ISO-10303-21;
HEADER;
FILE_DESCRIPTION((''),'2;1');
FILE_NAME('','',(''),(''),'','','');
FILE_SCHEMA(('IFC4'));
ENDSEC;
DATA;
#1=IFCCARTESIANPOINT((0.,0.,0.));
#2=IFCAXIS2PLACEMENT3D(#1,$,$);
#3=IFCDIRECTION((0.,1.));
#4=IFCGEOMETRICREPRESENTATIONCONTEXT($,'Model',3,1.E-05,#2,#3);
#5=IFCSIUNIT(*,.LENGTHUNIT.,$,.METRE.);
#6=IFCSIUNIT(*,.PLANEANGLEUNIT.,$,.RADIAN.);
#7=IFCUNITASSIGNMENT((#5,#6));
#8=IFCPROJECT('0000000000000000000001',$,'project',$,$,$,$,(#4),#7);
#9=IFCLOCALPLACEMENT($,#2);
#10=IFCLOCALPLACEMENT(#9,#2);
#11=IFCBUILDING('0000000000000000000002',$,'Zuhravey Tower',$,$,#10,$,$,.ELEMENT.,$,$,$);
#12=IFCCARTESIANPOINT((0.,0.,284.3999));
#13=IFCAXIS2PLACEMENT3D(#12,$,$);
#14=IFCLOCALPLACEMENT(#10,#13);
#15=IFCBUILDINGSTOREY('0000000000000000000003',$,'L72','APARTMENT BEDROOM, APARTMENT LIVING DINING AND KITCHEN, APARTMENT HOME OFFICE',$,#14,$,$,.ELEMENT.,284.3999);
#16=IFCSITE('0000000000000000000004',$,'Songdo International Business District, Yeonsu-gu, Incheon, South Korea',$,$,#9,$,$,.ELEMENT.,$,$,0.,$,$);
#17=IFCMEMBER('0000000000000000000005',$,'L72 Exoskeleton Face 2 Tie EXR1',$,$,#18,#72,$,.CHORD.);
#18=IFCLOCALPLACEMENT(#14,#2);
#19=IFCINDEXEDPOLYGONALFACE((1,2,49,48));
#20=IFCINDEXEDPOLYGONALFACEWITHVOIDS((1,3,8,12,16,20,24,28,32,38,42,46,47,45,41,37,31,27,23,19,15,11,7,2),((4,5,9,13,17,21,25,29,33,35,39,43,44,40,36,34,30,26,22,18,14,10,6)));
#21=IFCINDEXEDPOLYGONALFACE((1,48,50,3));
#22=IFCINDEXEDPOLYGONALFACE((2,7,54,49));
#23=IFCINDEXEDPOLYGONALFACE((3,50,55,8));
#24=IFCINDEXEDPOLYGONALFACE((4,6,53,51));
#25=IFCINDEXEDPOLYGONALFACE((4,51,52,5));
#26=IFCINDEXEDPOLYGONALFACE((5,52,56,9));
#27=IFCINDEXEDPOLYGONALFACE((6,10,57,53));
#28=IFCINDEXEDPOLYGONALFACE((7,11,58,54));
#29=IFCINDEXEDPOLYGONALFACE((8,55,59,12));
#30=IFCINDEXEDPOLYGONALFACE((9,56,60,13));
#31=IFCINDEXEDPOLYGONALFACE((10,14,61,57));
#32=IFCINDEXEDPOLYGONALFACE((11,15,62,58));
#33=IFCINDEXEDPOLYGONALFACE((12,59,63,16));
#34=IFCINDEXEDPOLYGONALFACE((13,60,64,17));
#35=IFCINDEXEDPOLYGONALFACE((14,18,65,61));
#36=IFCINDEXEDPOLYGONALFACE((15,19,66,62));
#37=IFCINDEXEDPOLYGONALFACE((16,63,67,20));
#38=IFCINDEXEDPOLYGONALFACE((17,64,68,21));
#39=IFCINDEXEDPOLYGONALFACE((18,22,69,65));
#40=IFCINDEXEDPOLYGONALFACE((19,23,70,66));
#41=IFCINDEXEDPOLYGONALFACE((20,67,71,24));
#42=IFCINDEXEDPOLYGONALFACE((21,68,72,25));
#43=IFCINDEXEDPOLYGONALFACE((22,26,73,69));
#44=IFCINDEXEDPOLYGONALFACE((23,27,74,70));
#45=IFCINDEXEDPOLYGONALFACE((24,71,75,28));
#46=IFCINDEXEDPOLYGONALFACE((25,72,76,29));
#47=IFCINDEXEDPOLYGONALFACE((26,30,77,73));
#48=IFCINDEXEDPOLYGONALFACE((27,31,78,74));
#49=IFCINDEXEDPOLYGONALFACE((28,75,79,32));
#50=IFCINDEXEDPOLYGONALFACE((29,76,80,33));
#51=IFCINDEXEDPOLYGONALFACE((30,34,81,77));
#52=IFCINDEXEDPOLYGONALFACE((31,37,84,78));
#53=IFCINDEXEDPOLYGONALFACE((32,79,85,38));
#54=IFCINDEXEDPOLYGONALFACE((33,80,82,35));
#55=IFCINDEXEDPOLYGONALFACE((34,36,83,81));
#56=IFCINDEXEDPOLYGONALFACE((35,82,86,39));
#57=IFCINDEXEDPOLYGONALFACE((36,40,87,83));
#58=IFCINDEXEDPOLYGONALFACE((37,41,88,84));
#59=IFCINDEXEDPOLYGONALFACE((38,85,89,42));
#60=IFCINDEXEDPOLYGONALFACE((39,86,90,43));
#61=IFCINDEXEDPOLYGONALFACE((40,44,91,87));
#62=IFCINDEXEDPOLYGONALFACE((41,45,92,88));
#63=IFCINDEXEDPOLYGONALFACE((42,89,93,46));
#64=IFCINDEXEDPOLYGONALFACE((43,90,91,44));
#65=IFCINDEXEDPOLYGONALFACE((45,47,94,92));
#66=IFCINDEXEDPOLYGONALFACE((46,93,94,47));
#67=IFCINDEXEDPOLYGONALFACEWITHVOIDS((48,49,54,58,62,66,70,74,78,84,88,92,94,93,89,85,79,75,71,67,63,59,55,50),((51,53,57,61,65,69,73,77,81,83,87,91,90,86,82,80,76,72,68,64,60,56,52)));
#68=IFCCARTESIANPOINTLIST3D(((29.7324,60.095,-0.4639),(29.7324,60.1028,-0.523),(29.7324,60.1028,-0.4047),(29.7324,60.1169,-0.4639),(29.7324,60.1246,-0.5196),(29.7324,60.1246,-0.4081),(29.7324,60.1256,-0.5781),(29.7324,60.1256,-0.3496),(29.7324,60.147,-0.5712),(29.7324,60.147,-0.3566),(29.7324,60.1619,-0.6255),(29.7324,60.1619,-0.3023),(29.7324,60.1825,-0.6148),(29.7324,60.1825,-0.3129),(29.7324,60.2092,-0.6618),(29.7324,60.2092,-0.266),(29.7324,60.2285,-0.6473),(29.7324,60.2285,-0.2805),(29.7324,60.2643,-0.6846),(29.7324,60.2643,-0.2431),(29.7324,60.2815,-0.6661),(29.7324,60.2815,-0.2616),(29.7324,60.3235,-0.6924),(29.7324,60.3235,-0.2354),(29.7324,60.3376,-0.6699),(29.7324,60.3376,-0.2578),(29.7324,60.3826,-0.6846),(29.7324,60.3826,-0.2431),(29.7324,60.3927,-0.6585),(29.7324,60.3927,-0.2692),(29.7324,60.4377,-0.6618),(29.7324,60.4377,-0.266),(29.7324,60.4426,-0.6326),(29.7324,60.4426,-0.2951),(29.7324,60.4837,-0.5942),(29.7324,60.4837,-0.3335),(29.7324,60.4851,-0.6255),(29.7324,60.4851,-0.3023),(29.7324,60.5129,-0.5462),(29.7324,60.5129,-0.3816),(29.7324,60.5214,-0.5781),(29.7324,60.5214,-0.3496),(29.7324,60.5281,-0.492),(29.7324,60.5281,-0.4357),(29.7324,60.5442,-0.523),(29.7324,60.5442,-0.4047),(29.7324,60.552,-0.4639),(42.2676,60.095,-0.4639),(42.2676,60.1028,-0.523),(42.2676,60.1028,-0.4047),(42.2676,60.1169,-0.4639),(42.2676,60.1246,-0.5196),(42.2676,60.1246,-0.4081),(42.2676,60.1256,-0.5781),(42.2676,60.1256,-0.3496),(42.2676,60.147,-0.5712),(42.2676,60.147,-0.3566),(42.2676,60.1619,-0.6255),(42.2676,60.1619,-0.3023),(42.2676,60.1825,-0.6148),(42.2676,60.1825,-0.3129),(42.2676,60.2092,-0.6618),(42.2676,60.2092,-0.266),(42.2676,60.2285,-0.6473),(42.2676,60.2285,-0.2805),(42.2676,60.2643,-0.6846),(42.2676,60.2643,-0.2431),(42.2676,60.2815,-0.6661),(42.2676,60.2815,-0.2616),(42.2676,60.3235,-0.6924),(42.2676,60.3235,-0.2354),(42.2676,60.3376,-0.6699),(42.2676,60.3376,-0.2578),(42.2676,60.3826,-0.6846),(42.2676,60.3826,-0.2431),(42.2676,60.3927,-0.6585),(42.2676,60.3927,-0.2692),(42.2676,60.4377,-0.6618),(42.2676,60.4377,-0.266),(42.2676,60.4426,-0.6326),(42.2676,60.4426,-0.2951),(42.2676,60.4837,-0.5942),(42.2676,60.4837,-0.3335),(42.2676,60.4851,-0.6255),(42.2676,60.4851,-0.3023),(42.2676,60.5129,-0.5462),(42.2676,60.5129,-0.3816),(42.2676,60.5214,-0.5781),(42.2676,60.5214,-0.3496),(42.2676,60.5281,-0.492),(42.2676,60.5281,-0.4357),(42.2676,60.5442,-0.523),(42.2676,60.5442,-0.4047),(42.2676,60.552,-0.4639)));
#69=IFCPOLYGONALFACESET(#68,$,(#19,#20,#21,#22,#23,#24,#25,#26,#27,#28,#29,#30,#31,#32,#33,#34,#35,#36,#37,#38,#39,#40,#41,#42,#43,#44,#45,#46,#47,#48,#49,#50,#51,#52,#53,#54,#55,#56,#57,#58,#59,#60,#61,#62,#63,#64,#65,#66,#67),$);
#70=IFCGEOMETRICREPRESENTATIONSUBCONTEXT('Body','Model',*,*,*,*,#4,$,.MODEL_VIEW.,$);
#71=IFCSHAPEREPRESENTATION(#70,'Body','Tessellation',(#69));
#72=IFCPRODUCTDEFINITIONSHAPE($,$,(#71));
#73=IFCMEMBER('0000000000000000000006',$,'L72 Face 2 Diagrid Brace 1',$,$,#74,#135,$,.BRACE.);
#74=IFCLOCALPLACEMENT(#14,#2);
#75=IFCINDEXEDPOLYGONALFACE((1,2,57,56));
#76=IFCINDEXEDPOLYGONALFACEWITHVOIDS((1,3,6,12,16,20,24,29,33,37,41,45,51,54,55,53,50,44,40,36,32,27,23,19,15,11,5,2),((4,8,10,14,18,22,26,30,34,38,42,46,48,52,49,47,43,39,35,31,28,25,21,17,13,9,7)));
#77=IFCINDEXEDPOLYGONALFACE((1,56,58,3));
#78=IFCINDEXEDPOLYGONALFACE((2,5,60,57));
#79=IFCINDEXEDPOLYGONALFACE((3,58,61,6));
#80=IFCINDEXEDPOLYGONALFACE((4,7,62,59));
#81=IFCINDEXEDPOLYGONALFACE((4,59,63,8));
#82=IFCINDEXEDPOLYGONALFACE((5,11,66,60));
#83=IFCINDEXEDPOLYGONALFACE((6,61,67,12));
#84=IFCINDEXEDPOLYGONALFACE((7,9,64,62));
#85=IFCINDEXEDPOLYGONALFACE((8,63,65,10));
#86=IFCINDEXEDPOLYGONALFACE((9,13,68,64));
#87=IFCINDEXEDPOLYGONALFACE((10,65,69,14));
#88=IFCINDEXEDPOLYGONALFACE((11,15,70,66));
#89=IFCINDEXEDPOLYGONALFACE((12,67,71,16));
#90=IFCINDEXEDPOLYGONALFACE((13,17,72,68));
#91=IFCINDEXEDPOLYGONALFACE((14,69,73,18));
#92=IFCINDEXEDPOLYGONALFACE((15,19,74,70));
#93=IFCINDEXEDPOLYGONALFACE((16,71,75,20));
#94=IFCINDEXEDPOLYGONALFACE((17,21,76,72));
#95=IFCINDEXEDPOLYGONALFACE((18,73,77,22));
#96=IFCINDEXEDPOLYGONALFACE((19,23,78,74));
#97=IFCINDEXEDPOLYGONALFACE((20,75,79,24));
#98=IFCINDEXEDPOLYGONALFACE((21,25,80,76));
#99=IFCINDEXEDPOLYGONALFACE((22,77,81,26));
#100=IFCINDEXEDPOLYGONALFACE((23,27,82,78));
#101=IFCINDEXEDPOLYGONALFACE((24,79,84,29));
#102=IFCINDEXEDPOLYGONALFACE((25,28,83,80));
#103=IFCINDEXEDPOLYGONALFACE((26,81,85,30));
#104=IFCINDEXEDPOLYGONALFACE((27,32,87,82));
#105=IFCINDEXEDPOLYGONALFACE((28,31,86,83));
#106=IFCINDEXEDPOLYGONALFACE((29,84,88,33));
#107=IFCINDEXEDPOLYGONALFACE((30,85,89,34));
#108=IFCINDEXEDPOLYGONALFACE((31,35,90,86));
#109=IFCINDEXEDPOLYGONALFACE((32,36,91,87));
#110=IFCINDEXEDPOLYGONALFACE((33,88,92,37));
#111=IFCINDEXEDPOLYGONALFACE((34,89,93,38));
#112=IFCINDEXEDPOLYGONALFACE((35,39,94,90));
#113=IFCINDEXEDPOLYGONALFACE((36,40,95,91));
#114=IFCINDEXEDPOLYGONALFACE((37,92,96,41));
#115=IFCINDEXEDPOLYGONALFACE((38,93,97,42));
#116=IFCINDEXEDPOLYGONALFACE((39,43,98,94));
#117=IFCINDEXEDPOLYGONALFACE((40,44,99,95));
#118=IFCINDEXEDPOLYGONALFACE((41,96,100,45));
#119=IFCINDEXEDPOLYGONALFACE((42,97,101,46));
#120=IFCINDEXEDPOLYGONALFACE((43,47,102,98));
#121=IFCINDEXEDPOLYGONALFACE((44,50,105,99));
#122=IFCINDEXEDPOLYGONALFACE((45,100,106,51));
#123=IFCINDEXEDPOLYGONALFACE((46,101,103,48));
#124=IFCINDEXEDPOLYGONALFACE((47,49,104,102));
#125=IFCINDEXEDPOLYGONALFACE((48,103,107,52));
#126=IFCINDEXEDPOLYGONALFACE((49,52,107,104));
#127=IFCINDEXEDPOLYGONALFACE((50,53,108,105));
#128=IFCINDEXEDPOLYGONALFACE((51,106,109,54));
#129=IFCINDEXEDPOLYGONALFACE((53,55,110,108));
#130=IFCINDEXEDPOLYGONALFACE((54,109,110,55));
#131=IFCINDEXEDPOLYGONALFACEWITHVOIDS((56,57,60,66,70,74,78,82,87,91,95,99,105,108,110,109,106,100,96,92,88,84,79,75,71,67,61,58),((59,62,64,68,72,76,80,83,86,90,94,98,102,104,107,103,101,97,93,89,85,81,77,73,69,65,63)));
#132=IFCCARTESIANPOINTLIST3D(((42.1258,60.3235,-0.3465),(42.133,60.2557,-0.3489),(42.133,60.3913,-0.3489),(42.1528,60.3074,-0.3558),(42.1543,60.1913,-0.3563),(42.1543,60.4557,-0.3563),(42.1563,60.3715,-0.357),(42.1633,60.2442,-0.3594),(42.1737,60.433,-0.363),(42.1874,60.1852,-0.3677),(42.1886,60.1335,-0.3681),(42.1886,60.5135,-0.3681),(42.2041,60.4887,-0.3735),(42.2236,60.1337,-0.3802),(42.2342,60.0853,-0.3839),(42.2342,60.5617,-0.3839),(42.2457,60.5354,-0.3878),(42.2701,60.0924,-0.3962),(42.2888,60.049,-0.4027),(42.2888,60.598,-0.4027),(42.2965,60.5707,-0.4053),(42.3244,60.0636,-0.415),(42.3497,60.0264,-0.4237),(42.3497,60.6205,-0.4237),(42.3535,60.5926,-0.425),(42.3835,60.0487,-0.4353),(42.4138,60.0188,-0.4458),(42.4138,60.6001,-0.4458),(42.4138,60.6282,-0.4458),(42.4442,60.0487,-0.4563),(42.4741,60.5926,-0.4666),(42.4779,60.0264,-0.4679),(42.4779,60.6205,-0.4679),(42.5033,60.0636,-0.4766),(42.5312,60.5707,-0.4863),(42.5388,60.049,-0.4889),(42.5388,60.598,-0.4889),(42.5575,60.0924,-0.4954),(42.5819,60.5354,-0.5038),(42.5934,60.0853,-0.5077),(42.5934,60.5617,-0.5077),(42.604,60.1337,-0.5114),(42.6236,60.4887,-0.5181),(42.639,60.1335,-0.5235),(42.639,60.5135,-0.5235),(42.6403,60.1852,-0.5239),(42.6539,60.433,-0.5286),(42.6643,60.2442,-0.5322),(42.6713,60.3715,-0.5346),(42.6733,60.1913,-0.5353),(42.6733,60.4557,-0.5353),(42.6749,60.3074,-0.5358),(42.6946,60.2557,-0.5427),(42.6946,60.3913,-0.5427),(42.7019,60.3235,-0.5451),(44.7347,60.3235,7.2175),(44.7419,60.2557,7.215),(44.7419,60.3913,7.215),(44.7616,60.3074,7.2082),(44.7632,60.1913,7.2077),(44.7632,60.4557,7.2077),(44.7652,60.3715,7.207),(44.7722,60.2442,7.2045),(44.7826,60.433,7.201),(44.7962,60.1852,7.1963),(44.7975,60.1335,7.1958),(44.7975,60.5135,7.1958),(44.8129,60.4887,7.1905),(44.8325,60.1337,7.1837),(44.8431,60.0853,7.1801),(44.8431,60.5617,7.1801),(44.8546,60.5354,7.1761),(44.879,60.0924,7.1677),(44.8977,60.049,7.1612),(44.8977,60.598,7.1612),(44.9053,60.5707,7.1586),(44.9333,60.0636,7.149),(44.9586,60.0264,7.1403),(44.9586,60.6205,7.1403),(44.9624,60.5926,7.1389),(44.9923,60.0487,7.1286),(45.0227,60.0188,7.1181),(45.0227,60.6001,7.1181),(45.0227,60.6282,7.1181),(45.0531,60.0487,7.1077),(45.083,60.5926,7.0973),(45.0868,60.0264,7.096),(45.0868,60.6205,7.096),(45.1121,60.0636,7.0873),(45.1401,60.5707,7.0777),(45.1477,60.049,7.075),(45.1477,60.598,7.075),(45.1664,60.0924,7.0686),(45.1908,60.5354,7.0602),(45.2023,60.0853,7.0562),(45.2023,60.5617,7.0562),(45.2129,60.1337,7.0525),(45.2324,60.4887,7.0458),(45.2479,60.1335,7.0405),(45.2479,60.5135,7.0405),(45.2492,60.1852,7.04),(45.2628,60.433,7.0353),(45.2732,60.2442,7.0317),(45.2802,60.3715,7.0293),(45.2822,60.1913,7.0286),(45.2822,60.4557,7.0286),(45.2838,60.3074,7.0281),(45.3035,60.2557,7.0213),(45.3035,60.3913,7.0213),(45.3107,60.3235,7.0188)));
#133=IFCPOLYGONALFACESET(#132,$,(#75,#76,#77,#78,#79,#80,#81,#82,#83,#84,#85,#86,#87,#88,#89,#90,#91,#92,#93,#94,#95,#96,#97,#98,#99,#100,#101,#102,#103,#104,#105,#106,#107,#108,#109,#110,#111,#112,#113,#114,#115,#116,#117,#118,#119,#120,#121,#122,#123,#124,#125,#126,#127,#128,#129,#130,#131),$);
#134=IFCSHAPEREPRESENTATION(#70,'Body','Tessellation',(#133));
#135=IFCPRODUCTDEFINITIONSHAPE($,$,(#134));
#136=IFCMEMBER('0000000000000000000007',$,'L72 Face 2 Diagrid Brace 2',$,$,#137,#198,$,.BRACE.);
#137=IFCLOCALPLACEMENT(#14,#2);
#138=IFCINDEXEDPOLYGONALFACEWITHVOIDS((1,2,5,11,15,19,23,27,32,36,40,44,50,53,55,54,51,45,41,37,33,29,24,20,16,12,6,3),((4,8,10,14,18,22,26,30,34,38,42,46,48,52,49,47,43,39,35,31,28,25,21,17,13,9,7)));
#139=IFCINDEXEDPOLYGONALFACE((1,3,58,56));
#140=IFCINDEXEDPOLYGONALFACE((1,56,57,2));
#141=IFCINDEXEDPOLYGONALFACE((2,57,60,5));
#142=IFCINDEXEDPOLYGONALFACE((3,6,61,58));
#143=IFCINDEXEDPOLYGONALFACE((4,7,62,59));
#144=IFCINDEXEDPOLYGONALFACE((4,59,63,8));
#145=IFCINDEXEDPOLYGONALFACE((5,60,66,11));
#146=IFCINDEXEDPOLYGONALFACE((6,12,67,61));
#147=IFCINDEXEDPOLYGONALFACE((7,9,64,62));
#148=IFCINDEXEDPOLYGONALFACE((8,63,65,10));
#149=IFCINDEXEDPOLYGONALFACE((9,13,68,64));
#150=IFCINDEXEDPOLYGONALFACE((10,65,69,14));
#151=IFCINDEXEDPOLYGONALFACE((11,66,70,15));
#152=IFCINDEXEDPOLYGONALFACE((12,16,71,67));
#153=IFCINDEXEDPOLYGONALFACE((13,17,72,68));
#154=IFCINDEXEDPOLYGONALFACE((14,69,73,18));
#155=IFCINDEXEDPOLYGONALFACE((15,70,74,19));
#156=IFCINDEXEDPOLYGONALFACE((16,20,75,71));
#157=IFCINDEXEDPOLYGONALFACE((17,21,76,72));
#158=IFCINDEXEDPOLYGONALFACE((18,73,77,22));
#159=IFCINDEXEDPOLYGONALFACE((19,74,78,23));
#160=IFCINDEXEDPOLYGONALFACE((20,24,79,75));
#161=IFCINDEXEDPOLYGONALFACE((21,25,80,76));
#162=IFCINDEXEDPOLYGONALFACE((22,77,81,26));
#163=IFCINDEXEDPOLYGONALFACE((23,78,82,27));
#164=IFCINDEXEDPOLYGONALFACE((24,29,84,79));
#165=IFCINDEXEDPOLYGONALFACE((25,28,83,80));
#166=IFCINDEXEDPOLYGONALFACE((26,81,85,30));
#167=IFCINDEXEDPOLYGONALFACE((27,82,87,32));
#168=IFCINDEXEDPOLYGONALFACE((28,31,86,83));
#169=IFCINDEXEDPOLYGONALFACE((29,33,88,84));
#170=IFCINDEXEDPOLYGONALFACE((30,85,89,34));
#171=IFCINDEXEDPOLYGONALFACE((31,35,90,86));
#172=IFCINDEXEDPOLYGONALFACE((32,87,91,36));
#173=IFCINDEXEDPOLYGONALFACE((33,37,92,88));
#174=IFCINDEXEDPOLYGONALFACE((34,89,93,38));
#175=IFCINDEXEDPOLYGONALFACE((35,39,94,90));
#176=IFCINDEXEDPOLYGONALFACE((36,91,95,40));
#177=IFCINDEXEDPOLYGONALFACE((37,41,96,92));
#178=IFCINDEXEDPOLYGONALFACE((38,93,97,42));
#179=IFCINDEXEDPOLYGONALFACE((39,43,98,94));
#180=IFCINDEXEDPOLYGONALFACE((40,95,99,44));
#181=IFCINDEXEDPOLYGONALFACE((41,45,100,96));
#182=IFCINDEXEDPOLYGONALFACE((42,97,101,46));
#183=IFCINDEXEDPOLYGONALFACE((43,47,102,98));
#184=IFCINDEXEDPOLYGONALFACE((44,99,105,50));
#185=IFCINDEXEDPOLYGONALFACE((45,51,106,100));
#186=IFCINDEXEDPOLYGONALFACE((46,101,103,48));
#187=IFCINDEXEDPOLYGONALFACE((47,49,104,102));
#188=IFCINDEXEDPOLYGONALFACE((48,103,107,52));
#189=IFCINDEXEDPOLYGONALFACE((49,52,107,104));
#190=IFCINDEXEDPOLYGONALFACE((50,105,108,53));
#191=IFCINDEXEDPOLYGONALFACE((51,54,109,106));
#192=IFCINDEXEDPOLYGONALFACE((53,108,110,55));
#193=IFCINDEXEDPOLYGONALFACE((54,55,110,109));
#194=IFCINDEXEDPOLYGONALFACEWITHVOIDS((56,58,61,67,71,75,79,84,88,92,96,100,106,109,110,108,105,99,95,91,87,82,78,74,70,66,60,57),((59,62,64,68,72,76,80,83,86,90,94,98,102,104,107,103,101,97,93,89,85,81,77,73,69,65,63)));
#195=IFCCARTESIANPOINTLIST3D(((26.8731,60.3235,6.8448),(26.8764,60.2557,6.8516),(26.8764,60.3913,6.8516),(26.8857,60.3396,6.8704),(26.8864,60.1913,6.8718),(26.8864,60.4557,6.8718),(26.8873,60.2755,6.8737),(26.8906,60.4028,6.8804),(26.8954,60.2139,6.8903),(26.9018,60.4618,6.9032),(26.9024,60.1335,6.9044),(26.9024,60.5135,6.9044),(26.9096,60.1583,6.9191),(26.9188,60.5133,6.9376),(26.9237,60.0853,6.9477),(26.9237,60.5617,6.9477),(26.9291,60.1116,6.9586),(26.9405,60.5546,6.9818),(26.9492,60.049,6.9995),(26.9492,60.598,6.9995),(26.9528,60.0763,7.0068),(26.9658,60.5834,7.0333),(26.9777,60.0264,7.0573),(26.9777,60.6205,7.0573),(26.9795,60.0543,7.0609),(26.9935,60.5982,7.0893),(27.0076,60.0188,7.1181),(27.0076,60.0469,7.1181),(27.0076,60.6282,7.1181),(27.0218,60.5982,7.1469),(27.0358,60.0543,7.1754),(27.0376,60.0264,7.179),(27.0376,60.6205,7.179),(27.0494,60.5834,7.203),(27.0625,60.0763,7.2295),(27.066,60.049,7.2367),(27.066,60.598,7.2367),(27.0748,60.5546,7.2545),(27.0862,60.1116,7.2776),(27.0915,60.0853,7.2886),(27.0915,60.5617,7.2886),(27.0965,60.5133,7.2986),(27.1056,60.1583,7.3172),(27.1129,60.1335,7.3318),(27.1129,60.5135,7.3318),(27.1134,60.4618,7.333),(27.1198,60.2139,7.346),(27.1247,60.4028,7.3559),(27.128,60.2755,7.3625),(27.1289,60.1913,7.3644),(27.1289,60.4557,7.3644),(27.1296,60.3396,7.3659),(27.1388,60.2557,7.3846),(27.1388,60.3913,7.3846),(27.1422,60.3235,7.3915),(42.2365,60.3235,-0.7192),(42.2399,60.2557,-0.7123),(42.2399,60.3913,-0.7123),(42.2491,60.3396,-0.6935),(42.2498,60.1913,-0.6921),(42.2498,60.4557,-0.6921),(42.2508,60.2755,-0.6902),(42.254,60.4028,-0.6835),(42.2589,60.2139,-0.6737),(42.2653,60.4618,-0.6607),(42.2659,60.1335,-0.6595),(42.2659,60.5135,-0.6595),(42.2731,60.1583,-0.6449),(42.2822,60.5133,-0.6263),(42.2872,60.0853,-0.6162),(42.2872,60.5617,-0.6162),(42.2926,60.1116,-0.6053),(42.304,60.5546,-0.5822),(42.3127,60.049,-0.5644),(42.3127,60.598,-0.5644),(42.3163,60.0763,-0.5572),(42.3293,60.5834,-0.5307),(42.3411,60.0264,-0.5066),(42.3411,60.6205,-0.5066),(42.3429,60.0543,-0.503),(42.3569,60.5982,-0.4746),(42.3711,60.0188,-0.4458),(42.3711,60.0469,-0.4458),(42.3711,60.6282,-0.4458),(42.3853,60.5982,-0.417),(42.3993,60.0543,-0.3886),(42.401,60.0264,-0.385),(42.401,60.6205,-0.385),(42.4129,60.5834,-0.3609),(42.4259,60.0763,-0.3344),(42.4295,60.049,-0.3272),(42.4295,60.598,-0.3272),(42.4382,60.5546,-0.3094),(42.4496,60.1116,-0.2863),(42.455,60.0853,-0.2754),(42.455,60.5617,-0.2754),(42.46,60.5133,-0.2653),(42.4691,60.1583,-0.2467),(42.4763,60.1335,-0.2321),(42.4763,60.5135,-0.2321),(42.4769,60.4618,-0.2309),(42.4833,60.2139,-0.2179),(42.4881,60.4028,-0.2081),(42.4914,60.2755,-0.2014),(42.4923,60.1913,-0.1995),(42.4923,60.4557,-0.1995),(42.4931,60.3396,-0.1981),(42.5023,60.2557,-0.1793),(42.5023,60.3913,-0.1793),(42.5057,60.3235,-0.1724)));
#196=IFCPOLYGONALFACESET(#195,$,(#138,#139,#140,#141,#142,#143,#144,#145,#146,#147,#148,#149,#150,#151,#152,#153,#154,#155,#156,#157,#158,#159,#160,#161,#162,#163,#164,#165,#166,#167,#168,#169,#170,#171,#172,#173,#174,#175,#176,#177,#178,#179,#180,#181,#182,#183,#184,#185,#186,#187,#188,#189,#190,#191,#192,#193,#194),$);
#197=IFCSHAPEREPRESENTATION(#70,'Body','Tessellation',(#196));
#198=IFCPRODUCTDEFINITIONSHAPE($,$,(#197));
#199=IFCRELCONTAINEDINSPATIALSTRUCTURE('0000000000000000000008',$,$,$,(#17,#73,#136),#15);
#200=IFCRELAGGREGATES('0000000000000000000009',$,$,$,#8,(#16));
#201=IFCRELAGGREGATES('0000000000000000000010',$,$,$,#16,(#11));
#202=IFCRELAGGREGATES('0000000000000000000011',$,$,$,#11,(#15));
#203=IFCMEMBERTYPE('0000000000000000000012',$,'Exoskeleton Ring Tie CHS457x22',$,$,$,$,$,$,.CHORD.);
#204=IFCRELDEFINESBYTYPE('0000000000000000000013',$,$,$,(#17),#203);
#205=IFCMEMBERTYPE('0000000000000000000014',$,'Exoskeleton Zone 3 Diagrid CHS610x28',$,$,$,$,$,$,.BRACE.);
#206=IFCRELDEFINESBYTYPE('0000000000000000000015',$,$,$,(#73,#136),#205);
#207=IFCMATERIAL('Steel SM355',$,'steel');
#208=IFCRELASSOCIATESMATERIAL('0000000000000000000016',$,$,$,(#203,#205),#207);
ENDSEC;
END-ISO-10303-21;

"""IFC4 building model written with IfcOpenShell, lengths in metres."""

from ifc_helpers import new_model, si_unit, direction, frame, origin, origin_2d, place, context, subcontext, project, spatial, hollow_circle, extrude, material, material_profile, profile_set, type_object, element, save


model = new_model("IFC4")

# Units and contexts
model_context = context("Model", 3, precision=1e-05, world=origin(), true_north=direction((0.0, 1.0)))
body_context = subcontext(model_context, "Body", "Model", "MODEL_VIEW")
ifc_project = project(units=[si_unit("LENGTHUNIT", "METRE"), si_unit("PLANEANGLEUNIT", "RADIAN")], contexts=[model_context])

# Site, building, storey
site_placement = place(None, origin())
site = spatial("IfcSite", under=ifc_project, at=site_placement, Name="Songdo International Business District, Yeonsu-gu, Incheon, South Korea", CompositionType="ELEMENT", RefElevation=0.0)
building_placement = place(site_placement, origin())
building = spatial("IfcBuilding", under=site, at=building_placement, Name="Zuhravey Tower", CompositionType="ELEMENT")
storey_placement = place(building_placement, frame((0.0, 0.0, 284.3999)))
storey = spatial("IfcBuildingStorey", under=building, at=storey_placement, Name="L72", Description="APARTMENT BEDROOM, APARTMENT LIVING DINING AND KITCHEN, APARTMENT HOME OFFICE", CompositionType="ELEMENT", Elevation=284.3999)

# Members
ifc_material_1 = material(Name="Steel SM355", Category="steel")
ifc_material_profile_1 = material_profile(ifc_material_1, hollow_circle(Radius=0.2285, WallThickness=0.022, at=origin_2d()), Name="CHS-457.2x22")
ifc_profile_set_1 = profile_set([ifc_material_profile_1], Name="Steel SM355")
member_type_1 = type_object("IfcMemberType", Name="Exoskeleton Ring Tie CHS457x22", PredefinedType="CHORD", material=ifc_profile_set_1)
member_1_placement = place(storey_placement, frame((42.2676, 60.3235, -0.4639), z_axis=(-1.0, 0.0, 0.0), x_axis=(0.0, -1.0, 0.0)))
element("IfcMember", 1, at=member_1_placement, inside=storey, type_object=member_type_1, Name="L72 Exoskeleton Face 2 Tie EXR1", PredefinedType="CHORD", context=body_context, shape_type="SweptSolid", body=[
    extrude(hollow_circle(Radius=0.2285, WallThickness=0.022, at=origin_2d()), origin(), (0.0, 0.0, 1.0), 12.5352),
])
ifc_material_profile_2 = material_profile(ifc_material_1, hollow_circle(Radius=0.3047, WallThickness=0.0281, at=origin_2d()), Name="CHS-609.6x28")
ifc_profile_set_2 = profile_set([ifc_material_profile_2], Name="Steel SM355")
member_type_2 = type_object("IfcMemberType", Name="Exoskeleton Zone 3 Diagrid CHS610x28", PredefinedType="BRACE", material=ifc_profile_set_2)
member_2_placement = place(storey_placement, frame((42.4138, 60.3235, -0.4458), z_axis=(0.32606, 0.0, 0.945349), x_axis=(0.0, 1.0, 0.0)))
element("IfcMember", 2, at=member_2_placement, inside=storey, type_object=member_type_2, Name="L72 Face 2 Diagrid Brace 1", PredefinedType="BRACE", context=body_context, shape_type="SweptSolid", body=[
    extrude(hollow_circle(Radius=0.3047, WallThickness=0.0281, at=origin_2d()), origin(), (0.0, 0.0, 1.0), 8.0012),
])
member_3_placement = place(storey_placement, frame((42.3711, 60.3235, -0.4458), z_axis=(-0.897162, 0.0, 0.441702), x_axis=(0.0, -1.0, 0.0)))
element("IfcMember", 3, at=member_3_placement, inside=storey, type_object=member_type_2, Name="L72 Face 2 Diagrid Brace 2", PredefinedType="BRACE", context=body_context, shape_type="SweptSolid", body=[
    extrude(hollow_circle(Radius=0.3047, WallThickness=0.0281, at=origin_2d()), origin(), (0.0, 0.0, 1.0), 17.1245),
])

save(model, "model.ifc")
